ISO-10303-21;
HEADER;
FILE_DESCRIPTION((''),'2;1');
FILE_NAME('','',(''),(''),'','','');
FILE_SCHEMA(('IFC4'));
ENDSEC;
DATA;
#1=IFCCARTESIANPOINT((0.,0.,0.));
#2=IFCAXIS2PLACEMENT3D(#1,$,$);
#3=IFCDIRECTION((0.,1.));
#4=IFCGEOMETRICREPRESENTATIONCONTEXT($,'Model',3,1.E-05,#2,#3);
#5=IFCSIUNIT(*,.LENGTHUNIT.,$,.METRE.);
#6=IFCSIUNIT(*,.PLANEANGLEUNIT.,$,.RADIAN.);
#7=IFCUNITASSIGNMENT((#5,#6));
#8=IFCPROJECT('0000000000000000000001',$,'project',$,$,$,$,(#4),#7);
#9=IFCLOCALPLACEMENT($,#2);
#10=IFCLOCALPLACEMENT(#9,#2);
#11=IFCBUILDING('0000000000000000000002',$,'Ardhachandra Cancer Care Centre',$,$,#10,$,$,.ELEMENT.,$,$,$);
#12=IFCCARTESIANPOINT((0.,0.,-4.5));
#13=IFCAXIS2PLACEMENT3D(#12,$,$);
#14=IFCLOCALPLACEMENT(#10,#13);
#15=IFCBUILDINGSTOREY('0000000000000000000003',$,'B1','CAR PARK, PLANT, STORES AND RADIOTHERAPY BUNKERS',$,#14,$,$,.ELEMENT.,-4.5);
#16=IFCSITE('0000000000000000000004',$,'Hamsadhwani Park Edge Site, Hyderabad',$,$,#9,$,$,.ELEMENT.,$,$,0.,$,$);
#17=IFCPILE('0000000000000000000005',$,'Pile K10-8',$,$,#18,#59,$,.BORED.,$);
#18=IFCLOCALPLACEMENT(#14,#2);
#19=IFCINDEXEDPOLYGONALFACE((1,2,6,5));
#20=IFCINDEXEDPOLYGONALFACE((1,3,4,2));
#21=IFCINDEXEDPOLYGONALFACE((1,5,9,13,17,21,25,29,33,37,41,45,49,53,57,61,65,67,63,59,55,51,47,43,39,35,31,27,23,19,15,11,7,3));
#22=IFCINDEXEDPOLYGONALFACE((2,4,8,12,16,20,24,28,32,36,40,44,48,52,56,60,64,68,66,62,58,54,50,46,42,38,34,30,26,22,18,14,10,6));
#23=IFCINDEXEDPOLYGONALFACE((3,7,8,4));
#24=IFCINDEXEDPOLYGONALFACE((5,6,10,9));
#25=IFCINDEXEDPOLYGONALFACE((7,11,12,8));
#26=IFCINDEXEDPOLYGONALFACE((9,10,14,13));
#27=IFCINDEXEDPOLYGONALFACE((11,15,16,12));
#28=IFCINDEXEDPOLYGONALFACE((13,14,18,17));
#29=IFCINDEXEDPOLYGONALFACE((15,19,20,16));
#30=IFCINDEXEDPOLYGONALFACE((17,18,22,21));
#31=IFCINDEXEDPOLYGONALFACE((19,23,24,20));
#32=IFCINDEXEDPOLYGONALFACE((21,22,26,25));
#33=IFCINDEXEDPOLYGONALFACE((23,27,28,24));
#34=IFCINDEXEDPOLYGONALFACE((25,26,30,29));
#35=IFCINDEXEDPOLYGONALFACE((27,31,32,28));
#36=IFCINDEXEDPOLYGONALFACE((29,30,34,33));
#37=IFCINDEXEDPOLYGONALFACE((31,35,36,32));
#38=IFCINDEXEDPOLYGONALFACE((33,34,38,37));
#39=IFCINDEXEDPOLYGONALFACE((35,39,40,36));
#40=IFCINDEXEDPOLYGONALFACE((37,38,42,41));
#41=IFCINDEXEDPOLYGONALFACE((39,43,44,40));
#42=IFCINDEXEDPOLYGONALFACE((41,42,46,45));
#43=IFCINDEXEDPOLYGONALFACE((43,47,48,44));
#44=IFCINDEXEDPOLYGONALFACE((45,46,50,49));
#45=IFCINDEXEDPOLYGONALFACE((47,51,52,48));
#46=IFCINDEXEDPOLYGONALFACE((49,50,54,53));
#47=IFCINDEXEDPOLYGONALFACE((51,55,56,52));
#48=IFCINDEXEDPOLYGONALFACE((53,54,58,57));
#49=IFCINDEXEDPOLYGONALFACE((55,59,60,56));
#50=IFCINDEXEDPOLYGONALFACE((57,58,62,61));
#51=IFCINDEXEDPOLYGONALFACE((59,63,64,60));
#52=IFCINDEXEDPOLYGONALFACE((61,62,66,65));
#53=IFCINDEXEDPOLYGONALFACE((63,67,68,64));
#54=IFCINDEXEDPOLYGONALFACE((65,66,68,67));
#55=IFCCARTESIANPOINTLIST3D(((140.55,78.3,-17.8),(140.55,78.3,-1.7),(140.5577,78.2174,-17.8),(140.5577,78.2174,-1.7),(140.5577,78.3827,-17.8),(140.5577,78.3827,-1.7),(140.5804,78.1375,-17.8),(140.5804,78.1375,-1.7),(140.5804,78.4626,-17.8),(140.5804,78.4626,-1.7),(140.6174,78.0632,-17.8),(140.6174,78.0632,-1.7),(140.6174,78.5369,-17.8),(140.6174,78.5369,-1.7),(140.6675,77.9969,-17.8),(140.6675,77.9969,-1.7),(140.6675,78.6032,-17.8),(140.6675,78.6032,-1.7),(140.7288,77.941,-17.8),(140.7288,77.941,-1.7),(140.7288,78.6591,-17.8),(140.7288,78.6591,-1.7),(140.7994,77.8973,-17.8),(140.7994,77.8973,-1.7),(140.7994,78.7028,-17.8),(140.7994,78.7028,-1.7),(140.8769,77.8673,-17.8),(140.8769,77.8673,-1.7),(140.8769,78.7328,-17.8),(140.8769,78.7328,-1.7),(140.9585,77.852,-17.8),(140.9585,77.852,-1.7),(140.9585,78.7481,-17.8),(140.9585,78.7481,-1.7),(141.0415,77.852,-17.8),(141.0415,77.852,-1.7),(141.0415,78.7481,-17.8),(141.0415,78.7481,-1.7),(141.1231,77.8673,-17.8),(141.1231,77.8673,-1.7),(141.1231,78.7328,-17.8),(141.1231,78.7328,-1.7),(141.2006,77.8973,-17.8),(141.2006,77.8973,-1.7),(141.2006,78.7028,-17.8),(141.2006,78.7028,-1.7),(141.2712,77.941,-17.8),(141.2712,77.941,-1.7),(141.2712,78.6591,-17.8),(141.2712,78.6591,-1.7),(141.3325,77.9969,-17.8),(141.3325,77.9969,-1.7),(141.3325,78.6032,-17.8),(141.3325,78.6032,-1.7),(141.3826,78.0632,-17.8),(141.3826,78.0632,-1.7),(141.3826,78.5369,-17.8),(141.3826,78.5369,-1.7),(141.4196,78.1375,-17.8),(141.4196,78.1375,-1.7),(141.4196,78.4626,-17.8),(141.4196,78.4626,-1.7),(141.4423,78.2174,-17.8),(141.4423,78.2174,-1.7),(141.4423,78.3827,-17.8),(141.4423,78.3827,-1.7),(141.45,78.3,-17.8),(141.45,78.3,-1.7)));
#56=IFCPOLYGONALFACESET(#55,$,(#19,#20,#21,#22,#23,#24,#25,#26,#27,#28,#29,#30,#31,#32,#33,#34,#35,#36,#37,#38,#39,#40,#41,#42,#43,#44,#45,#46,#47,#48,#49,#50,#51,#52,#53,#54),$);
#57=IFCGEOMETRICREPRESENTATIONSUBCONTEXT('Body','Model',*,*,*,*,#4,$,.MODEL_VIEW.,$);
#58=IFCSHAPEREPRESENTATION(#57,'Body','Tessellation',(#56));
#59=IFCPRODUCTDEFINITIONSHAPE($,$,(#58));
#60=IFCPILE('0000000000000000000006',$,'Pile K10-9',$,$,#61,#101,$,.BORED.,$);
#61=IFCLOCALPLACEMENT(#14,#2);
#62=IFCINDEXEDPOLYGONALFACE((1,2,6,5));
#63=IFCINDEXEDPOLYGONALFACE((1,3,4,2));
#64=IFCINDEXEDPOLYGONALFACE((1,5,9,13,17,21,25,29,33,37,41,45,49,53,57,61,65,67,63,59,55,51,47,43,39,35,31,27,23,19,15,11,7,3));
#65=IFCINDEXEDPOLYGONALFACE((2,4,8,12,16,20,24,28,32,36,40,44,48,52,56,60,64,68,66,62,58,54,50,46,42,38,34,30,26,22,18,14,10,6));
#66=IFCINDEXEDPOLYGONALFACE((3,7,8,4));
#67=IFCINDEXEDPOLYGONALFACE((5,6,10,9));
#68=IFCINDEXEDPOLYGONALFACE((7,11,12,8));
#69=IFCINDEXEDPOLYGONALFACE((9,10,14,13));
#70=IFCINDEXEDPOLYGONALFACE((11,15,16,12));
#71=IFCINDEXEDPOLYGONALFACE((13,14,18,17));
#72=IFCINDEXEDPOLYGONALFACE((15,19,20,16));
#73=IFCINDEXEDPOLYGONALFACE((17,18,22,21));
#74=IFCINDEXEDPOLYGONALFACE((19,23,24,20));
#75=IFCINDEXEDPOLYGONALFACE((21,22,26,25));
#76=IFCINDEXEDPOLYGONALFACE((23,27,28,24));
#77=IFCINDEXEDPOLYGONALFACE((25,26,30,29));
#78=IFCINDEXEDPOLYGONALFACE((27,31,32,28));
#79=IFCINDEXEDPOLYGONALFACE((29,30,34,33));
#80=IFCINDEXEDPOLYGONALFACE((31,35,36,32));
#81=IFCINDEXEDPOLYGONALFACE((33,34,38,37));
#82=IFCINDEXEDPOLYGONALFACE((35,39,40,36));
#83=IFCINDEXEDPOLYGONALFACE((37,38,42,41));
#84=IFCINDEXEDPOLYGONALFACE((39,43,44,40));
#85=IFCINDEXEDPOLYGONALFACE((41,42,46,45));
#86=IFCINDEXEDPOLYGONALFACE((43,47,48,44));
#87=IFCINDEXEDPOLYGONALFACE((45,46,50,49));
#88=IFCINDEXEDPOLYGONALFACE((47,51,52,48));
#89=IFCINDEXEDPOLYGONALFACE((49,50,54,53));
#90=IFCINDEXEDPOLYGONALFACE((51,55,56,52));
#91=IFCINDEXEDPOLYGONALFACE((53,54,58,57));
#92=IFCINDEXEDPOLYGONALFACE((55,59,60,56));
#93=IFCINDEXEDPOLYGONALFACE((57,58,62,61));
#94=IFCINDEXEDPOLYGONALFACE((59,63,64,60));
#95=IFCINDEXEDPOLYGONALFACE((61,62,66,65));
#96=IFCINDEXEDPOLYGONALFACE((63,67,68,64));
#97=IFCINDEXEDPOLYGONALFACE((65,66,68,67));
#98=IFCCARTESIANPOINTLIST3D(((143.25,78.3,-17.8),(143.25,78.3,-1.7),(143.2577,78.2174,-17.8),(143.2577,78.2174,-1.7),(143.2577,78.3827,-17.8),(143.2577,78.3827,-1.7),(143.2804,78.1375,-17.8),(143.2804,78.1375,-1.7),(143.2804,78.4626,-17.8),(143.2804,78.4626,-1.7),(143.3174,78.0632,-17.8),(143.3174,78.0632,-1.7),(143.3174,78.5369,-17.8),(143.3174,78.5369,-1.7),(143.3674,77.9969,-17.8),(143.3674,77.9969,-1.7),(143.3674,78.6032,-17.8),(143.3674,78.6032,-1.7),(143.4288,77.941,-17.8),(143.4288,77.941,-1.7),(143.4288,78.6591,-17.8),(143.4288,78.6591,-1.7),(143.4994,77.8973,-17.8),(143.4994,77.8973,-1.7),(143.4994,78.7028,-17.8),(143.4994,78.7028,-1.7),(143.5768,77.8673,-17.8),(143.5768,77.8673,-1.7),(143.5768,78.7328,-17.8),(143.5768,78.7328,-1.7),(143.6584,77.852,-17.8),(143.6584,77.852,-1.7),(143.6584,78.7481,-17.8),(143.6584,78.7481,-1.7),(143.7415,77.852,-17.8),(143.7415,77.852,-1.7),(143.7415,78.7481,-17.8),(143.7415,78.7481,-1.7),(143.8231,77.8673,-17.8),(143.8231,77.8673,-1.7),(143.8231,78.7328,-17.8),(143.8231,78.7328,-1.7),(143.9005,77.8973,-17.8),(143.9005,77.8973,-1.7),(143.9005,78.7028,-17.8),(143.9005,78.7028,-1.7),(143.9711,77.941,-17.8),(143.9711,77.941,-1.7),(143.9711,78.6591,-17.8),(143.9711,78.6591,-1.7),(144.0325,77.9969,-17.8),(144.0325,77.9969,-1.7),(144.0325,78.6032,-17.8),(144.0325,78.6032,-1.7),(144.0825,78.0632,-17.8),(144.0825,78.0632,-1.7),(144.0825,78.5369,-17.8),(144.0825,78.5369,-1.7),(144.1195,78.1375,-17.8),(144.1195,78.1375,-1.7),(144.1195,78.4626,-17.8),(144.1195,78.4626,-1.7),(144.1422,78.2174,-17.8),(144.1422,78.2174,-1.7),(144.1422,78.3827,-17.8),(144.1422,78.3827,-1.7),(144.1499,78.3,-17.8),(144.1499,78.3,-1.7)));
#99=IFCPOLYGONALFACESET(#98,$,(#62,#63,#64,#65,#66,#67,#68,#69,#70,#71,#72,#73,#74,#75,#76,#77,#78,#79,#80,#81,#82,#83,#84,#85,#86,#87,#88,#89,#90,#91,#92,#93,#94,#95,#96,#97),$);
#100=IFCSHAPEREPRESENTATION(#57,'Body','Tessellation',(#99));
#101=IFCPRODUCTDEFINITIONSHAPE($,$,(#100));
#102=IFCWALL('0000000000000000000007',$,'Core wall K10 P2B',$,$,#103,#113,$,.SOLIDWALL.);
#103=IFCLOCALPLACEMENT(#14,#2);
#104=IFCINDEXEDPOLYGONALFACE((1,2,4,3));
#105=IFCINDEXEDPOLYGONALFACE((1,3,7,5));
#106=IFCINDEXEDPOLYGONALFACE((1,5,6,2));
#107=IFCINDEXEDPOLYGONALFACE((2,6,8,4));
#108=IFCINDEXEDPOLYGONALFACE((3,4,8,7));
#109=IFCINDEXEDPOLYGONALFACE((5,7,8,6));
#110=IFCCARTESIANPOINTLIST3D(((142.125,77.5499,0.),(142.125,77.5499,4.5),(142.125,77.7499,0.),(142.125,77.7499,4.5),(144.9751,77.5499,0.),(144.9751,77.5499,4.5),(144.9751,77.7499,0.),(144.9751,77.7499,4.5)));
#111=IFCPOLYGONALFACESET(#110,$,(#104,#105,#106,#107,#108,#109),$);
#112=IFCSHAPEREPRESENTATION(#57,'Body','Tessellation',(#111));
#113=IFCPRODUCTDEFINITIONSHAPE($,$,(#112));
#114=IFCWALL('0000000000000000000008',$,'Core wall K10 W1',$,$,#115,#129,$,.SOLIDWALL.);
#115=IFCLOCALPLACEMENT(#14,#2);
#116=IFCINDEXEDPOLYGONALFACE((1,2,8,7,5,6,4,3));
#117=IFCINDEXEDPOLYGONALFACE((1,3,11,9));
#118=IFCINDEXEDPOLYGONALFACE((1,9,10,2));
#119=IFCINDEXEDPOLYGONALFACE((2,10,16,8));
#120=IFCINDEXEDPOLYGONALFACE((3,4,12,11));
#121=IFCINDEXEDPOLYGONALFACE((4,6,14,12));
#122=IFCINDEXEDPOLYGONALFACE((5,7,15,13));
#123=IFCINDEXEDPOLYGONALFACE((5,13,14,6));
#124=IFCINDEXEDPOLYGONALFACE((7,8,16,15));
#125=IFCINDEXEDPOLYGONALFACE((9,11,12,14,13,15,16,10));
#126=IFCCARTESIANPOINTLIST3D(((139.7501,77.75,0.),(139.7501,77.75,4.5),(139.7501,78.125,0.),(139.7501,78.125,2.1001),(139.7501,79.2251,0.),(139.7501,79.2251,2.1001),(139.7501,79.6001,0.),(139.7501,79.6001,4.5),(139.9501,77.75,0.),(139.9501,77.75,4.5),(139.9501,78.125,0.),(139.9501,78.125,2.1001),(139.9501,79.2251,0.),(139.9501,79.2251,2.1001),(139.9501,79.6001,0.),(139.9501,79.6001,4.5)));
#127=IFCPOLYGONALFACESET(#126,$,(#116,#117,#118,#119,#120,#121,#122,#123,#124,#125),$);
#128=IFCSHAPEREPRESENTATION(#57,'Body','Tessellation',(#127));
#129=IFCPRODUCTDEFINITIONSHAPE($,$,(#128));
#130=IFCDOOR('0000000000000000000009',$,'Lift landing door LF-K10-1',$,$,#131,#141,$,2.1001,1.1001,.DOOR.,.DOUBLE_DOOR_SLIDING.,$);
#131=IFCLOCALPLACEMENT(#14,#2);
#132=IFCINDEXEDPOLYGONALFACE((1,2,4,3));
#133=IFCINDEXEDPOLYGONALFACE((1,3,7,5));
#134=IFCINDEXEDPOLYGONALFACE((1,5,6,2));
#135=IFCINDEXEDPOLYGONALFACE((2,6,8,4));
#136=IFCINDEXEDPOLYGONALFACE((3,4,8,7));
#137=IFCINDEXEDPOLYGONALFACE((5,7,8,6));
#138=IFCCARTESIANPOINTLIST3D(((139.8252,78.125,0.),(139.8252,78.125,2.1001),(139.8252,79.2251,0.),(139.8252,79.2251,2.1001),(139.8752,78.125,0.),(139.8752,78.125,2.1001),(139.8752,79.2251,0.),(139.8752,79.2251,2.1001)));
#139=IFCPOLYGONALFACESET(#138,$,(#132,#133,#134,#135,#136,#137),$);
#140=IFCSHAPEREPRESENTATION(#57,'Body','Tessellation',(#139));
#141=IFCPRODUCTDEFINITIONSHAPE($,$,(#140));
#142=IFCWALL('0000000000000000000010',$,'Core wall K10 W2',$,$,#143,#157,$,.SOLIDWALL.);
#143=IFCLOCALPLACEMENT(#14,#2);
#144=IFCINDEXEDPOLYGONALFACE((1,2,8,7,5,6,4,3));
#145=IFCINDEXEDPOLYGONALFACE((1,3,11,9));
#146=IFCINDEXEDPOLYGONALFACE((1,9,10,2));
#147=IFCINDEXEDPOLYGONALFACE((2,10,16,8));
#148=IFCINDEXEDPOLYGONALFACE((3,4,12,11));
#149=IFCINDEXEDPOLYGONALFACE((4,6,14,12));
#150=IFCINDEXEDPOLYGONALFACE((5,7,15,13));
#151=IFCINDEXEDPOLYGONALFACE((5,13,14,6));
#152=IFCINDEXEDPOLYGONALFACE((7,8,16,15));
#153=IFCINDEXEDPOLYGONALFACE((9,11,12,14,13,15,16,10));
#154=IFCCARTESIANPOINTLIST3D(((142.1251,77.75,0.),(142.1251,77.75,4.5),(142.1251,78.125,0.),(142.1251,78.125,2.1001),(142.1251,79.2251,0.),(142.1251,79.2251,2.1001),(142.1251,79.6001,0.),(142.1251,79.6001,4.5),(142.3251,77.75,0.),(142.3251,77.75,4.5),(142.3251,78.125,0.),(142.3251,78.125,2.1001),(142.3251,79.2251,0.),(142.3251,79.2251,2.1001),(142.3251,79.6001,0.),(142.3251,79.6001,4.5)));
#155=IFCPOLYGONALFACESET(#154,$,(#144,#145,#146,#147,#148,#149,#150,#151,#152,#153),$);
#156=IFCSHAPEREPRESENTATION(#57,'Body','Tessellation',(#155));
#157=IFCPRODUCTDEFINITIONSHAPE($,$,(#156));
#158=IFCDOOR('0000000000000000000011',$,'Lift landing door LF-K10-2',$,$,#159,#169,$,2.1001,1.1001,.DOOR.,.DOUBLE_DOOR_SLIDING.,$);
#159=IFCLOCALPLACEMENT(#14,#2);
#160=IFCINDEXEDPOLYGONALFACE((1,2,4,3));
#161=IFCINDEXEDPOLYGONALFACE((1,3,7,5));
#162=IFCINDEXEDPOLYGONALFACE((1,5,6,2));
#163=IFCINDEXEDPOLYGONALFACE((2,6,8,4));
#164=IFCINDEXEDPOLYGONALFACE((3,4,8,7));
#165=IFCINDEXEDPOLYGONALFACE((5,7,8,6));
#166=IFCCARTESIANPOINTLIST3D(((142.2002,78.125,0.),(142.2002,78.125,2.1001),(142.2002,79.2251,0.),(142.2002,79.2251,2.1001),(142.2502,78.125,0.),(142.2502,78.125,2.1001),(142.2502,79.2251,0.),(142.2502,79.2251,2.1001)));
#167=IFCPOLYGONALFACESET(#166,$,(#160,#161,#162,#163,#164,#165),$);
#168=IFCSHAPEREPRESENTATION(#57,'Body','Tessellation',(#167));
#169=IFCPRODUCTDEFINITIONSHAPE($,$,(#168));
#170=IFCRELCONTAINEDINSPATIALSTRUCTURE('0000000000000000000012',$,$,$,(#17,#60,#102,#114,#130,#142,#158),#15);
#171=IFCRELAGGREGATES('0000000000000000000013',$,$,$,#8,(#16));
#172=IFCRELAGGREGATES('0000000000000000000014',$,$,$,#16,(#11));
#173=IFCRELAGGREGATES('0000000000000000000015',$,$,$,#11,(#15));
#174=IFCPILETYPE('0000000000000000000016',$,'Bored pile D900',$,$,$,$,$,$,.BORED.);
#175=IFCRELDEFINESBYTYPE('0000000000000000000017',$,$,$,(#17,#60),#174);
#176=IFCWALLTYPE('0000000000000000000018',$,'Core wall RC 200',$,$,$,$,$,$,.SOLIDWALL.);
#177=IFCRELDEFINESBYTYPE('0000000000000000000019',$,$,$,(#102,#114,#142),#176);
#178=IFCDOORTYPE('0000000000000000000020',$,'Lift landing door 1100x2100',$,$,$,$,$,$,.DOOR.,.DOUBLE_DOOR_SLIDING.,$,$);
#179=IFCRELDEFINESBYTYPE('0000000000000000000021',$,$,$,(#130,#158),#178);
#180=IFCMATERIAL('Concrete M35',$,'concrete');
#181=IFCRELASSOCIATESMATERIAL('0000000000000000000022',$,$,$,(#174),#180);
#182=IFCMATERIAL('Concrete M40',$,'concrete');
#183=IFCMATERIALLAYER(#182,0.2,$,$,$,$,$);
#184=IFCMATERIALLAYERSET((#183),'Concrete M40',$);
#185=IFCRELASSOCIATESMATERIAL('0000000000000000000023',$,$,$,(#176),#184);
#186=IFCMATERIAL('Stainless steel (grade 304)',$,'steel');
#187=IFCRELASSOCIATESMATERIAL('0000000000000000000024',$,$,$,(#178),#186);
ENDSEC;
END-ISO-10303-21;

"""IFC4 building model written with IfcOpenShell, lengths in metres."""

from ifc_helpers import new_model, si_unit, direction, frame, frame_2d, origin, origin_2d, place, context, subcontext, project, spatial, rectangle, circle, extrude, material, layer, layer_set, material_profile, profile_set, type_object, element, fill, save


model = new_model("IFC4")

# Units and contexts
model_context = context("Model", 3, precision=1e-05, world=origin(), true_north=direction((0.0, 1.0)))
body_context = subcontext(model_context, "Body", "Model", "MODEL_VIEW")
ifc_project = project(units=[si_unit("LENGTHUNIT", "METRE"), si_unit("PLANEANGLEUNIT", "RADIAN")], contexts=[model_context])

# Site, building, storey
site_placement = place(None, origin())
site = spatial("IfcSite", under=ifc_project, at=site_placement, Name="Hamsadhwani Park Edge Site, Hyderabad", CompositionType="ELEMENT", RefElevation=0.0)
building_placement = place(site_placement, origin())
building = spatial("IfcBuilding", under=site, at=building_placement, Name="Ardhachandra Cancer Care Centre", CompositionType="ELEMENT")
storey_placement = place(building_placement, frame((0.0, 0.0, -4.5)))
storey = spatial("IfcBuildingStorey", under=building, at=storey_placement, Name="B1", Description="CAR PARK, PLANT, STORES AND RADIOTHERAPY BUNKERS", CompositionType="ELEMENT", Elevation=-4.5)

# Piles
ifc_material_1 = material(Name="Concrete M35", Category="concrete")
ifc_material_profile = material_profile(ifc_material_1, circle(Radius=0.45, at=origin_2d()), Name="D900")
ifc_profile_set = profile_set([ifc_material_profile], Name="Concrete M35")
pile_type = type_object("IfcPileType", Name="Bored pile D900", PredefinedType="BORED", material=ifc_profile_set)
for number, where, z_axis, x_axis, name in (
    (1, (141.0, 78.3, -1.7), (0.0, 0.0, -1.0), (1.0, 0.0, 0.0), "Pile K10-8"),
    (2, (143.7, 78.3, -1.7), (0.0, 0.0, -1.0), (1.0, 0.0, 0.0), "Pile K10-9"),
):
    element("IfcPile", number, at=place(storey_placement, frame(where, z_axis=z_axis, x_axis=x_axis)), inside=storey, type_object=pile_type, Name=name, PredefinedType="BORED", context=body_context, shape_type="SweptSolid", body=[
        extrude(circle(Radius=0.45, at=origin_2d()), origin(), (0.0, 0.0, 1.0), 16.1001),
    ])

# Wall
ifc_material_2 = material(Name="Concrete M40", Category="concrete")
ifc_layer = layer(ifc_material_2, 0.2)
ifc_layer_set = layer_set([ifc_layer], Name="Concrete M40")
wall_type = type_object("IfcWallType", Name="Core wall RC 200", PredefinedType="SOLIDWALL", material=ifc_layer_set)
wall_1_placement = place(storey_placement, frame((142.125, 77.6499, 0.0), z_axis=(0.0, 0.0, 1.0), x_axis=(1.0, 0.0, 0.0)))
element("IfcWall", 3, at=wall_1_placement, inside=storey, type_object=wall_type, Name="Core wall K10 P2B", PredefinedType="SOLIDWALL", context=body_context, shape_type="SweptSolid", body=[
    extrude(rectangle(XDim=2.8501, YDim=0.2, at=frame_2d((1.425, 0.0))), origin(), (0.0, 0.0, 1.0), 4.5),
])

# Walls, openings, doors
wall_2_placement = place(storey_placement, frame((139.8501, 77.75, 0.0), z_axis=(0.0, 0.0, 1.0), x_axis=(0.0, 1.0, 0.0)))
wall_2 = element("IfcWall", 4, at=wall_2_placement, inside=storey, type_object=wall_type, Name="Core wall K10 W1", PredefinedType="SOLIDWALL", context=body_context, shape_type="SweptSolid", body=[
    extrude(rectangle(XDim=1.8501, YDim=0.2, at=frame_2d((0.925, 0.0))), origin(), (0.0, 0.0, 1.0), 4.5),
])
opening_1_placement = place(wall_2_placement, frame((0.375, 0.0, 0.0)))
opening_1 = element("IfcOpeningElement", 5, at=opening_1_placement, cuts=wall_2, PredefinedType="OPENING", context=body_context, shape_type="SweptSolid", body=[
    extrude(rectangle(XDim=1.1001, YDim=2.1001, at=frame_2d((0.55, 1.05))), frame((0.0, 0.1099, 0.0), z_axis=(0.0, -1.0, 0.0), x_axis=(1.0, 0.0, 0.0)), (0.0, 0.0, 1.0), 0.22),
])
ifc_material_3 = material(Name="Stainless steel (grade 304)", Category="steel")
door_type = type_object("IfcDoorType", Name="Lift landing door 1100x2100", OperationType="DOUBLE_DOOR_SLIDING", PredefinedType="DOOR", material=ifc_material_3)
door_1_placement = place(opening_1_placement, origin())
door_1 = element("IfcDoor", 6, at=door_1_placement, inside=storey, type_object=door_type, Name="Lift landing door LF-K10-1", OperationType="DOUBLE_DOOR_SLIDING", OverallHeight=2.1001, OverallWidth=1.1001, PredefinedType="DOOR", context=body_context, shape_type="SweptSolid", body=[
    extrude(rectangle(XDim=1.1001, YDim=2.1001, at=frame_2d((0.55, 1.05))), frame((0.0, 0.0249, 0.0), z_axis=(0.0, -1.0, 0.0), x_axis=(1.0, 0.0, 0.0)), (0.0, 0.0, 1.0), 0.05),
])
fill(opening_1, door_1)
wall_3_placement = place(storey_placement, frame((142.2251, 77.75, 0.0), z_axis=(0.0, 0.0, 1.0), x_axis=(0.0, 1.0, 0.0)))
wall_3 = element("IfcWall", 7, at=wall_3_placement, inside=storey, type_object=wall_type, Name="Core wall K10 W2", PredefinedType="SOLIDWALL", context=body_context, shape_type="SweptSolid", body=[
    extrude(rectangle(XDim=1.8501, YDim=0.2, at=frame_2d((0.925, 0.0))), origin(), (0.0, 0.0, 1.0), 4.5),
])
opening_2_placement = place(wall_3_placement, frame((0.375, 0.0, 0.0)))
opening_2 = element("IfcOpeningElement", 8, at=opening_2_placement, cuts=wall_3, PredefinedType="OPENING", context=body_context, shape_type="SweptSolid", body=[
    extrude(rectangle(XDim=1.1001, YDim=2.1001, at=frame_2d((0.55, 1.05))), frame((0.0, 0.1099, 0.0), z_axis=(0.0, -1.0, 0.0), x_axis=(1.0, 0.0, 0.0)), (0.0, 0.0, 1.0), 0.22),
])
door_2_placement = place(opening_2_placement, origin())
door_2 = element("IfcDoor", 9, at=door_2_placement, inside=storey, type_object=door_type, Name="Lift landing door LF-K10-2", OperationType="DOUBLE_DOOR_SLIDING", OverallHeight=2.1001, OverallWidth=1.1001, PredefinedType="DOOR", context=body_context, shape_type="SweptSolid", body=[
    extrude(rectangle(XDim=1.1001, YDim=2.1001, at=frame_2d((0.55, 1.05))), frame((0.0, 0.0249, 0.0), z_axis=(0.0, -1.0, 0.0), x_axis=(1.0, 0.0, 0.0)), (0.0, 0.0, 1.0), 0.05),
])
fill(opening_2, door_2)

save(model, "model.ifc")
